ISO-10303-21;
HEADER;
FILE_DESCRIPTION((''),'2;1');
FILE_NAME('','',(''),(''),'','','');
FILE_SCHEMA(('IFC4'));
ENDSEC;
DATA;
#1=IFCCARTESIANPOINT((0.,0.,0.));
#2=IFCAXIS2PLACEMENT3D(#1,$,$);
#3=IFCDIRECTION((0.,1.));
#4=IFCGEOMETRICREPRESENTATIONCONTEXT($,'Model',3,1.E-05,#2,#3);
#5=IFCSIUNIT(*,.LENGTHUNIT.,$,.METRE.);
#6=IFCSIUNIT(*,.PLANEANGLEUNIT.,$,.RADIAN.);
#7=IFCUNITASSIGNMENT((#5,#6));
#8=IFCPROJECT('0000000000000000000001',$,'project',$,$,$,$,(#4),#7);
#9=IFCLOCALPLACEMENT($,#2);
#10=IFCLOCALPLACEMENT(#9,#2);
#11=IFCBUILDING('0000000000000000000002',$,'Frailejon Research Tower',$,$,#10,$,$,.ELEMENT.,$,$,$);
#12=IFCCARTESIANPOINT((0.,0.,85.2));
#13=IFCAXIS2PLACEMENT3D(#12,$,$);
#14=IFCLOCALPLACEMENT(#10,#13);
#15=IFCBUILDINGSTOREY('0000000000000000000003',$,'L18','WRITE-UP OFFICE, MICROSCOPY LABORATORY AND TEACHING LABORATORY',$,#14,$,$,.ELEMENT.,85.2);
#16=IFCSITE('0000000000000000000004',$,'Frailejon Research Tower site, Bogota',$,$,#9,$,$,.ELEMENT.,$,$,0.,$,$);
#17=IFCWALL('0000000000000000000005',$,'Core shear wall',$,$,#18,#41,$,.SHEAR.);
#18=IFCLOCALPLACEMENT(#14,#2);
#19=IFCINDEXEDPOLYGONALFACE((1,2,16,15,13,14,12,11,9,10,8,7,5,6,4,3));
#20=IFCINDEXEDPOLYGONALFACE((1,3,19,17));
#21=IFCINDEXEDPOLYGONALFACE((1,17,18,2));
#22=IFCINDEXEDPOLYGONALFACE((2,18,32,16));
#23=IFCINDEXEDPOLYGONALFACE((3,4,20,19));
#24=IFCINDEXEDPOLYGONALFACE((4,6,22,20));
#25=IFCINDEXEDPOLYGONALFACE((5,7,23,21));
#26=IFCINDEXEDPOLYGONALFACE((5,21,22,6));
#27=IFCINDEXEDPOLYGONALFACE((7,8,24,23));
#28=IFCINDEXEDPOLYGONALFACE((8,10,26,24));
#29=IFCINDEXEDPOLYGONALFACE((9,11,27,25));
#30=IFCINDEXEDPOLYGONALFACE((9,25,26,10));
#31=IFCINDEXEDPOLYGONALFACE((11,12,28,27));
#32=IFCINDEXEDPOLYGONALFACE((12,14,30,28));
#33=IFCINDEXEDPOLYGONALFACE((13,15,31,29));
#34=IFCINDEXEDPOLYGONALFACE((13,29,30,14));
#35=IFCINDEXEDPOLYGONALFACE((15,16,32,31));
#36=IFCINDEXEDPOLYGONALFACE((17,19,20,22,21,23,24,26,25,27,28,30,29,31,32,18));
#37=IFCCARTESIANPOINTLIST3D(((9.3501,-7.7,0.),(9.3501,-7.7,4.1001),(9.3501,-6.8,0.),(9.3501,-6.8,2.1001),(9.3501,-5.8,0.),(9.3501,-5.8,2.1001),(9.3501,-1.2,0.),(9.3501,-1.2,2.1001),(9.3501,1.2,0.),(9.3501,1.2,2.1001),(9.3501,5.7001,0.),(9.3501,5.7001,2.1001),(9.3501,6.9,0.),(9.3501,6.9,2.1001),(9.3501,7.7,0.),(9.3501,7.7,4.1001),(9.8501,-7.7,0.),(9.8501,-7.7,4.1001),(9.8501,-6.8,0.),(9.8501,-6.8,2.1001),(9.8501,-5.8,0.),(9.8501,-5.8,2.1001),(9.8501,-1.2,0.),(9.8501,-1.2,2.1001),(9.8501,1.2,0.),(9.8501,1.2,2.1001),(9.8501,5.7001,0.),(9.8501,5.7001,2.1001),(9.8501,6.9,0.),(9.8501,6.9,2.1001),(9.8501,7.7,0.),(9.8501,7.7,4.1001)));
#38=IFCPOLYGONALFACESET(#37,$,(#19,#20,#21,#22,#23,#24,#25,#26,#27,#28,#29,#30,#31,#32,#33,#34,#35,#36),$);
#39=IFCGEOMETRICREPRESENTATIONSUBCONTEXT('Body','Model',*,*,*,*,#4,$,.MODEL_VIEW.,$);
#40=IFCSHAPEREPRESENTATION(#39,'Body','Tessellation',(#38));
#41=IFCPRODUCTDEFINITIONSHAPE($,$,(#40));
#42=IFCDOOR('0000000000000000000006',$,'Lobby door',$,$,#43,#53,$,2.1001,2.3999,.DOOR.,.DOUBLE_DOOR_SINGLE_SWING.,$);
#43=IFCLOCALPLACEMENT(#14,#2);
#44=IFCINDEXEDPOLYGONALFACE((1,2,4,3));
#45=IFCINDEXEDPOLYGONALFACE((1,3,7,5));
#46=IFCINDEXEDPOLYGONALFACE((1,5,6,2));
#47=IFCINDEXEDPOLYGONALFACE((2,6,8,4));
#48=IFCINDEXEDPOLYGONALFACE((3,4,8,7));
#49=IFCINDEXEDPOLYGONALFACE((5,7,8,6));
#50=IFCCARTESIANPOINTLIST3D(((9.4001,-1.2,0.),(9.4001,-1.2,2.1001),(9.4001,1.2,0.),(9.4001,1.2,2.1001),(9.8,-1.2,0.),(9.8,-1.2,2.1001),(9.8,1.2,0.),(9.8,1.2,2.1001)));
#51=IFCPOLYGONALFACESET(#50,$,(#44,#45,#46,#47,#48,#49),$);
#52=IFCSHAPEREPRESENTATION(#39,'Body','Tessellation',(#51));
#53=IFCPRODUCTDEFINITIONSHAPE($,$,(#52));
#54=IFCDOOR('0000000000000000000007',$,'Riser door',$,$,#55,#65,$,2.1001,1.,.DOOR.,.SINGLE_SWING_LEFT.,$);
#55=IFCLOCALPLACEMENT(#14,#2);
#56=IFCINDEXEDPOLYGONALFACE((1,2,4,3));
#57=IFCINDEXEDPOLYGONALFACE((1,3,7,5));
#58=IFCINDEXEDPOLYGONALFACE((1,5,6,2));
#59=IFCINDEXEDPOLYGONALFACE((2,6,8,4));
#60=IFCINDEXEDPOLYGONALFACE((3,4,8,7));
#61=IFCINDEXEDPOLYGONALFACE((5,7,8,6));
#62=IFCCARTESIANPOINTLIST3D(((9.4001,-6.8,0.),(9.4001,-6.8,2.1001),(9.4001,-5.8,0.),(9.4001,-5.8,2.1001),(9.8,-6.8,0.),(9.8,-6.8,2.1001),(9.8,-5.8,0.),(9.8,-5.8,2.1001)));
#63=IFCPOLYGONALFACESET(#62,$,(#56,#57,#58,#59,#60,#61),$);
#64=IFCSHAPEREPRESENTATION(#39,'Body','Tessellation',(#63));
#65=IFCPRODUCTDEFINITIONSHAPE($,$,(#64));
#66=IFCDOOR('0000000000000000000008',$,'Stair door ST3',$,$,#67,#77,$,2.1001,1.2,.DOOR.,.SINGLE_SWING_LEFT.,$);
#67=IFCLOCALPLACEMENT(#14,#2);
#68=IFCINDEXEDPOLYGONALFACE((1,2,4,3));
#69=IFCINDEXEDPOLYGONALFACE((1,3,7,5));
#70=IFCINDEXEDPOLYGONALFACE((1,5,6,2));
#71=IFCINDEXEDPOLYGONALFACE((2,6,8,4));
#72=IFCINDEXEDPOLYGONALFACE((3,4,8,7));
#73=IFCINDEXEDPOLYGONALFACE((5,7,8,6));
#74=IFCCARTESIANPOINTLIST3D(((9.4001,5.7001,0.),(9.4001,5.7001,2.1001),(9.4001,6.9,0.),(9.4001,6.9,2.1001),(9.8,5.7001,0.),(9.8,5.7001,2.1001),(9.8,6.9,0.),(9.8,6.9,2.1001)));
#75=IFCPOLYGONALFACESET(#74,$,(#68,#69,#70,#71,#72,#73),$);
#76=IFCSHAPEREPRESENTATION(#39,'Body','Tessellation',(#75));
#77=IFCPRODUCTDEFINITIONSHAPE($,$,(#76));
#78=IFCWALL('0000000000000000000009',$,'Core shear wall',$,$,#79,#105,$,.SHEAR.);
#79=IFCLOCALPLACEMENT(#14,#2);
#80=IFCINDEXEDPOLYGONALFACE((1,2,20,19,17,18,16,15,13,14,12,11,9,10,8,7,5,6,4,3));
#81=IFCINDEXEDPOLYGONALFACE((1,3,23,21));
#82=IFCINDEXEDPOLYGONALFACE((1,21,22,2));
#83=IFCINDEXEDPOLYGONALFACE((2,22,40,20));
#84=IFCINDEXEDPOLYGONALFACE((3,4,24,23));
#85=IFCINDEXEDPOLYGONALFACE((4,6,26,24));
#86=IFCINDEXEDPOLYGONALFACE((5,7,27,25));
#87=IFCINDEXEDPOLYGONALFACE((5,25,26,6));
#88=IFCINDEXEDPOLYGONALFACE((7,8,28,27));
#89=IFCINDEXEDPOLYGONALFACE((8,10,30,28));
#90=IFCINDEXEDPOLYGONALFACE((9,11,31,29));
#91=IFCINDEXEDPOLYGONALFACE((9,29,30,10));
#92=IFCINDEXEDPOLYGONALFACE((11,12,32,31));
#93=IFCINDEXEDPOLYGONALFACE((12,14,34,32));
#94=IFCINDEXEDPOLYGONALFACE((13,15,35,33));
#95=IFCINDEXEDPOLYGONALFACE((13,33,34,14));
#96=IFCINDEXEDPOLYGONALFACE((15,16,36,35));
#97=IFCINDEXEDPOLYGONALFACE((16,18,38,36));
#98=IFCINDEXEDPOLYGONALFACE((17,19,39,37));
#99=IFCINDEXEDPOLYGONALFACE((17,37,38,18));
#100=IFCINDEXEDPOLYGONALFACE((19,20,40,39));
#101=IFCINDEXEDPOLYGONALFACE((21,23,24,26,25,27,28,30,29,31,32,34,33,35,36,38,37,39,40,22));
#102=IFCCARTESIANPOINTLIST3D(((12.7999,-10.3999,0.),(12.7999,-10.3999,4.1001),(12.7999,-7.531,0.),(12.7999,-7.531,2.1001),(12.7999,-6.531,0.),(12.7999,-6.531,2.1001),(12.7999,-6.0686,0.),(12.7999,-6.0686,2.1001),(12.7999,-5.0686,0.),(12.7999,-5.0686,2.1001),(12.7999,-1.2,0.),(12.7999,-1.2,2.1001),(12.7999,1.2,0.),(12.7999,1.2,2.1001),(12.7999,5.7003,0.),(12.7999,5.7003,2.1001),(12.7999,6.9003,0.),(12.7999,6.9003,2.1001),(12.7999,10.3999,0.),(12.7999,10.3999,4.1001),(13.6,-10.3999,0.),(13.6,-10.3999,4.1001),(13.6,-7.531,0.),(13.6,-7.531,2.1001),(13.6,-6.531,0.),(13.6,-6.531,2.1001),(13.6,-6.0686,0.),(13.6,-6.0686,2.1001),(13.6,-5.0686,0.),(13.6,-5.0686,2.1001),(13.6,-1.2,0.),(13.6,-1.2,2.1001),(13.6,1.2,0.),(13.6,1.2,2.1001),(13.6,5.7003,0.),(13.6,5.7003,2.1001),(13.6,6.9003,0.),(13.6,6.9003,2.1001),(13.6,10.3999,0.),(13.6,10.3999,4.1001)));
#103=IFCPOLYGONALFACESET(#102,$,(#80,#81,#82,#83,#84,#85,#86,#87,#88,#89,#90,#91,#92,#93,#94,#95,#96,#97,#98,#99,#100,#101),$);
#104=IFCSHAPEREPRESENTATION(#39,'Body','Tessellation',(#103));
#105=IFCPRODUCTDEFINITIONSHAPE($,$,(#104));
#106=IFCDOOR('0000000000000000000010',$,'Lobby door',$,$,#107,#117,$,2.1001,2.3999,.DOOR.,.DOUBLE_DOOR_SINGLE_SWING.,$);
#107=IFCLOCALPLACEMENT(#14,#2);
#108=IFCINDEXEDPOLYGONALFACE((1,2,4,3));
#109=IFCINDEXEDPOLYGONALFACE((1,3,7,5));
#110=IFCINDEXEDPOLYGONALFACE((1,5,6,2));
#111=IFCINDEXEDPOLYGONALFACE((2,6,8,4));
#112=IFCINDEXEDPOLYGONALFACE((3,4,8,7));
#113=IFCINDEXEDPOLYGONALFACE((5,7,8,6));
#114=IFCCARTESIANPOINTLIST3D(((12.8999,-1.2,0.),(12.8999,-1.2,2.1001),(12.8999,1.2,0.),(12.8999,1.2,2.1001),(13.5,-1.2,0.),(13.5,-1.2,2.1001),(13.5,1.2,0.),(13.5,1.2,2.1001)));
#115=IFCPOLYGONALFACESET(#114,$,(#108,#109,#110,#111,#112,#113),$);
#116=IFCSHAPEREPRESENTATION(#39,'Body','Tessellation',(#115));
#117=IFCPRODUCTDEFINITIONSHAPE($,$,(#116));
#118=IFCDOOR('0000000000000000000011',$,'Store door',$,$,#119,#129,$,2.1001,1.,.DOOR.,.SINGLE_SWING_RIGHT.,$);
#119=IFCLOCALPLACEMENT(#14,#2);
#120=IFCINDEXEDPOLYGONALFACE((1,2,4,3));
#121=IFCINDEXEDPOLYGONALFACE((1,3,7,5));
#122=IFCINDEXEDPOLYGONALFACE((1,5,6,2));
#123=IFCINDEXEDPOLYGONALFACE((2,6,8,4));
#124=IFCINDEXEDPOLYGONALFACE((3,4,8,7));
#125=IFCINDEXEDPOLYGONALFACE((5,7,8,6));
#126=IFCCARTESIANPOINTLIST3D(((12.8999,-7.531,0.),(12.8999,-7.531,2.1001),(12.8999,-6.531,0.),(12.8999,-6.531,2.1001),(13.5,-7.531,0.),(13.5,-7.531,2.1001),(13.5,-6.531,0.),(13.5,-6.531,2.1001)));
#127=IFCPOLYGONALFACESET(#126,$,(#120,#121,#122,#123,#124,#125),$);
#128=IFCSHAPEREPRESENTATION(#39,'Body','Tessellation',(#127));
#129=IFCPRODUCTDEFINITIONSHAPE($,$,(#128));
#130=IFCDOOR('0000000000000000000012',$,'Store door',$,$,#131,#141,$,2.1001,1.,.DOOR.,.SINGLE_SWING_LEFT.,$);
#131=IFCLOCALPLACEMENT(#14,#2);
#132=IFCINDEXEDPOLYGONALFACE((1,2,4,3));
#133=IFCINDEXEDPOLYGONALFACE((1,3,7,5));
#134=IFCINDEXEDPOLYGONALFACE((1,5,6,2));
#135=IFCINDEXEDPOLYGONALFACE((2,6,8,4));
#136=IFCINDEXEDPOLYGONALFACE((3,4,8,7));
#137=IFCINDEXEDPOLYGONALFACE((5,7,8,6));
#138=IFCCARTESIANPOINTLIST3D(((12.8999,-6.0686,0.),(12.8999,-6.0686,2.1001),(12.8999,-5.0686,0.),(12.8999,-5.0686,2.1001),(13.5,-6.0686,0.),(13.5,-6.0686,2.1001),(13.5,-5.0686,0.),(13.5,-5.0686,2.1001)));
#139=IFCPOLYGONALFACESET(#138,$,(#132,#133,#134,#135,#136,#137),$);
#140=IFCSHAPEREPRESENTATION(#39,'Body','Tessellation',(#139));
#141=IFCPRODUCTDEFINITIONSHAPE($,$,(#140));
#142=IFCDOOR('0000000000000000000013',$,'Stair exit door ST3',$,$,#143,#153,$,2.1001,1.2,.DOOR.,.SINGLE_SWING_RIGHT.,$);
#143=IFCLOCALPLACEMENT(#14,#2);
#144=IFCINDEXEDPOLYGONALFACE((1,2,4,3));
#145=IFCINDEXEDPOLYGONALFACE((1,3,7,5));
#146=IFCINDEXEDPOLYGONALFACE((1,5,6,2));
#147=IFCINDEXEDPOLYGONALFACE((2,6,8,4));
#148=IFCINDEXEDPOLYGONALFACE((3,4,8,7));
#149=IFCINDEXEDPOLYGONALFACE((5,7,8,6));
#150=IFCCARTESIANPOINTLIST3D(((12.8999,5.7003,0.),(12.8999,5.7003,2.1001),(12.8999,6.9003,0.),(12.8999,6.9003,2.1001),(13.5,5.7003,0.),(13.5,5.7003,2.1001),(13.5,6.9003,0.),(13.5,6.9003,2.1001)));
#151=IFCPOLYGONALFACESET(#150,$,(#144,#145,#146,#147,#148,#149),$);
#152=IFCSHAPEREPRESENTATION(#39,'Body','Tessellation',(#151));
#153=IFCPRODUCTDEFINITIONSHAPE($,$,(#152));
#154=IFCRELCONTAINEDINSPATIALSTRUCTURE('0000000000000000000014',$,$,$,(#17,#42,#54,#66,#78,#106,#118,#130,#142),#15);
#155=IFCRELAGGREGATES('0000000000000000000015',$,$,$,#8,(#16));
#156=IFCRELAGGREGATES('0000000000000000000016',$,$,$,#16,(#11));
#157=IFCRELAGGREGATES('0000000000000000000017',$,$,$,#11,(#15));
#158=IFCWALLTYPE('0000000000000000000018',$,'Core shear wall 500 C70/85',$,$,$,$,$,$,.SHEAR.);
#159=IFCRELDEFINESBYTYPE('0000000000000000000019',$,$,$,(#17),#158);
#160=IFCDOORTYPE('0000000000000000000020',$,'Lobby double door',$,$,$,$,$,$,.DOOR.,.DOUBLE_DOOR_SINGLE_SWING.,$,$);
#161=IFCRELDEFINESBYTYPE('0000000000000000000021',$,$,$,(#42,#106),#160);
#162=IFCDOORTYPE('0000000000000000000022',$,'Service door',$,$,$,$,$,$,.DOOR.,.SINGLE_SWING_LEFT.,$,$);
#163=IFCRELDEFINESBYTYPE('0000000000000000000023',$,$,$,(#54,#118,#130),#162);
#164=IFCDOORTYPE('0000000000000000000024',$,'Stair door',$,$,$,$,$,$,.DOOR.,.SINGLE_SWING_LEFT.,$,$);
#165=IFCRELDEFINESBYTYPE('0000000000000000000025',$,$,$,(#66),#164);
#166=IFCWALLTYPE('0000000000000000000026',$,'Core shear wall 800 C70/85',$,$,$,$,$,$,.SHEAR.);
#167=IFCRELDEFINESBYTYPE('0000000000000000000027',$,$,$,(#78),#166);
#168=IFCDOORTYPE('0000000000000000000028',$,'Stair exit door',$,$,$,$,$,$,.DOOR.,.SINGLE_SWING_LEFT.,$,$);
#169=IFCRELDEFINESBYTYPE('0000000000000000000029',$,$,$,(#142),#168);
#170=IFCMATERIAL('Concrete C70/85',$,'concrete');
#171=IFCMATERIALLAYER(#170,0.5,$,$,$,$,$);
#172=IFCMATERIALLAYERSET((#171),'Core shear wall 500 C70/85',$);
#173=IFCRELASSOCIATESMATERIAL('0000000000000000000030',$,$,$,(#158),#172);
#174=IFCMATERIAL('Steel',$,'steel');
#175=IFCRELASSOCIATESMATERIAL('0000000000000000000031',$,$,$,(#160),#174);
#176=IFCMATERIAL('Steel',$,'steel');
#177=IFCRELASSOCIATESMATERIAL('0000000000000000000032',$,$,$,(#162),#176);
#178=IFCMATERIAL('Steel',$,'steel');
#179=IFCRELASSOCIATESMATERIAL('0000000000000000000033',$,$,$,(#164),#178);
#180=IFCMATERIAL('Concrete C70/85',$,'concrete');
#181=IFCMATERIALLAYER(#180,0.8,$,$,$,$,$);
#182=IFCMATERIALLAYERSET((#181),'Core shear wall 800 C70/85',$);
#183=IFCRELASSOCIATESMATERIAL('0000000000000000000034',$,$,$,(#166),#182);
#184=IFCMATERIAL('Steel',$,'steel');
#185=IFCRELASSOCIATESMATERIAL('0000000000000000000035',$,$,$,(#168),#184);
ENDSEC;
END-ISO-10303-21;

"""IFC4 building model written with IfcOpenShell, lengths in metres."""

from ifc_helpers import new_model, si_unit, direction, frame, frame_2d, origin, place, context, subcontext, project, spatial, rectangle, extrude, material, layer, layer_set, type_object, element, fill, save


model = new_model("IFC4")

# Units and contexts
model_context = context("Model", 3, precision=1e-05, world=origin(), true_north=direction((0.0, 1.0)))
body_context = subcontext(model_context, "Body", "Model", "MODEL_VIEW")
ifc_project = project(units=[si_unit("LENGTHUNIT", "METRE"), si_unit("PLANEANGLEUNIT", "RADIAN")], contexts=[model_context])

# Site, building, storey
site_placement = place(None, origin())
site = spatial("IfcSite", under=ifc_project, at=site_placement, Name="Frailejon Research Tower site, Bogota", CompositionType="ELEMENT", RefElevation=0.0)
building_placement = place(site_placement, origin())
building = spatial("IfcBuilding", under=site, at=building_placement, Name="Frailejon Research Tower", CompositionType="ELEMENT")
storey_placement = place(building_placement, frame((0.0, 0.0, 85.2)))
storey = spatial("IfcBuildingStorey", under=building, at=storey_placement, Name="L18", Description="WRITE-UP OFFICE, MICROSCOPY LABORATORY AND TEACHING LABORATORY", CompositionType="ELEMENT", Elevation=85.2)

# Walls, openings, doors
ifc_material_1 = material(Name="Concrete C70/85", Category="concrete")
ifc_layer_1 = layer(ifc_material_1, 0.5)
ifc_layer_set_1 = layer_set([ifc_layer_1], Name="Core shear wall 500 C70/85")
wall_type_1 = type_object("IfcWallType", Name="Core shear wall 500 C70/85", PredefinedType="SHEAR", material=ifc_layer_set_1)
wall_1_placement = place(storey_placement, frame((9.6001, -7.7, 0.0), z_axis=(0.0, 0.0, 1.0), x_axis=(0.0, 1.0, 0.0)))
wall_1 = element("IfcWall", 1, at=wall_1_placement, inside=storey, type_object=wall_type_1, Name="Core shear wall", PredefinedType="SHEAR", context=body_context, shape_type="SweptSolid", body=[
    extrude(rectangle(XDim=15.3999, YDim=0.5, at=frame_2d((7.7, 0.0))), origin(), (0.0, 0.0, 1.0), 4.1001),
])
opening_1_placement = place(wall_1_placement, frame((6.5, 0.0, 0.0)))
opening_1 = element("IfcOpeningElement", 2, at=opening_1_placement, cuts=wall_1, PredefinedType="OPENING", context=body_context, shape_type="SweptSolid", body=[
    extrude(rectangle(XDim=2.3999, YDim=2.1001, at=frame_2d((1.2, 1.05))), frame((0.0, 0.26, 0.0), z_axis=(0.0, -1.0, 0.0), x_axis=(1.0, 0.0, 0.0)), (0.0, 0.0, 1.0), 0.52),
])
opening_2_placement = place(wall_1_placement, frame((13.3999, 0.0, 0.0)))
opening_2 = element("IfcOpeningElement", 3, at=opening_2_placement, cuts=wall_1, PredefinedType="OPENING", context=body_context, shape_type="SweptSolid", body=[
    extrude(rectangle(XDim=1.2, YDim=2.1001, at=frame_2d((0.6001, 1.05))), frame((0.0, 0.26, 0.0), z_axis=(0.0, -1.0, 0.0), x_axis=(1.0, 0.0, 0.0)), (0.0, 0.0, 1.0), 0.52),
])
opening_3_placement = place(wall_1_placement, frame((0.8999, 0.0, 0.0)))
opening_3 = element("IfcOpeningElement", 4, at=opening_3_placement, cuts=wall_1, PredefinedType="OPENING", context=body_context, shape_type="SweptSolid", body=[
    extrude(rectangle(XDim=1.0, YDim=2.1001, at=frame_2d((0.5, 1.05))), frame((0.0, 0.26, 0.0), z_axis=(0.0, -1.0, 0.0), x_axis=(1.0, 0.0, 0.0)), (0.0, 0.0, 1.0), 0.52),
])
ifc_material_2 = material(Name="Steel", Category="steel")
door_type_1 = type_object("IfcDoorType", Name="Lobby double door", OperationType="DOUBLE_DOOR_SINGLE_SWING", PredefinedType="DOOR", material=ifc_material_2)
door_1_placement = place(opening_1_placement, origin())
door_1 = element("IfcDoor", 5, at=door_1_placement, inside=storey, type_object=door_type_1, Name="Lobby door", OperationType="DOUBLE_DOOR_SINGLE_SWING", OverallHeight=2.1001, OverallWidth=2.3999, PredefinedType="DOOR", context=body_context, shape_type="SweptSolid", body=[
    extrude(rectangle(XDim=2.3999, YDim=2.1001, at=frame_2d((1.2, 1.05))), frame((0.0, 0.2, 0.0), z_axis=(0.0, -1.0, 0.0), x_axis=(1.0, 0.0, 0.0)), (0.0, 0.0, 1.0), 0.3999),
])
fill(opening_1, door_1)
ifc_material_3 = material(Name="Steel", Category="steel")
door_type_2 = type_object("IfcDoorType", Name="Service door", OperationType="SINGLE_SWING_LEFT", PredefinedType="DOOR", material=ifc_material_3)
door_2_placement = place(opening_3_placement, origin())
door_2 = element("IfcDoor", 6, at=door_2_placement, inside=storey, type_object=door_type_2, Name="Riser door", OperationType="SINGLE_SWING_LEFT", OverallHeight=2.1001, OverallWidth=1.0, PredefinedType="DOOR", context=body_context, shape_type="SweptSolid", body=[
    extrude(rectangle(XDim=1.0, YDim=2.1001, at=frame_2d((0.5, 1.05))), frame((0.0, 0.2, 0.0), z_axis=(0.0, -1.0, 0.0), x_axis=(1.0, 0.0, 0.0)), (0.0, 0.0, 1.0), 0.3999),
])
fill(opening_3, door_2)
ifc_material_4 = material(Name="Steel", Category="steel")
door_type_3 = type_object("IfcDoorType", Name="Stair door", OperationType="SINGLE_SWING_LEFT", PredefinedType="DOOR", material=ifc_material_4)
door_3_placement = place(opening_2_placement, origin())
door_3 = element("IfcDoor", 7, at=door_3_placement, inside=storey, type_object=door_type_3, Name="Stair door ST3", OperationType="SINGLE_SWING_LEFT", OverallHeight=2.1001, OverallWidth=1.2, PredefinedType="DOOR", context=body_context, shape_type="SweptSolid", body=[
    extrude(rectangle(XDim=1.2, YDim=2.1001, at=frame_2d((0.6001, 1.05))), frame((0.0, 0.2, 0.0), z_axis=(0.0, -1.0, 0.0), x_axis=(1.0, 0.0, 0.0)), (0.0, 0.0, 1.0), 0.3999),
])
fill(opening_2, door_3)
ifc_material_5 = material(Name="Concrete C70/85", Category="concrete")
ifc_layer_2 = layer(ifc_material_5, 0.8)
ifc_layer_set_2 = layer_set([ifc_layer_2], Name="Core shear wall 800 C70/85")
wall_type_2 = type_object("IfcWallType", Name="Core shear wall 800 C70/85", PredefinedType="SHEAR", material=ifc_layer_set_2)
wall_2_placement = place(storey_placement, frame((13.2, -10.3999, 0.0), z_axis=(0.0, 0.0, 1.0), x_axis=(0.0, 1.0, 0.0)))
wall_2 = element("IfcWall", 8, at=wall_2_placement, inside=storey, type_object=wall_type_2, Name="Core shear wall", PredefinedType="SHEAR", context=body_context, shape_type="SweptSolid", body=[
    extrude(rectangle(XDim=20.7998, YDim=0.8, at=frame_2d((10.3999, 0.0))), origin(), (0.0, 0.0, 1.0), 4.1001),
])
opening_4_placement = place(wall_2_placement, frame((9.2, 0.0, 0.0)))
opening_4 = element("IfcOpeningElement", 9, at=opening_4_placement, cuts=wall_2, PredefinedType="OPENING", context=body_context, shape_type="SweptSolid", body=[
    extrude(rectangle(XDim=2.3999, YDim=2.1001, at=frame_2d((1.2, 1.05))), frame((0.0, 0.4099, 0.0), z_axis=(0.0, -1.0, 0.0), x_axis=(1.0, 0.0, 0.0)), (0.0, 0.0, 1.0), 0.8201),
])
opening_5_placement = place(wall_2_placement, frame((16.1001, 0.0, 0.0)))
opening_5 = element("IfcOpeningElement", 10, at=opening_5_placement, cuts=wall_2, PredefinedType="OPENING", context=body_context, shape_type="SweptSolid", body=[
    extrude(rectangle(XDim=1.2, YDim=2.1001, at=frame_2d((0.6001, 1.05))), frame((0.0, 0.4099, 0.0), z_axis=(0.0, -1.0, 0.0), x_axis=(1.0, 0.0, 0.0)), (0.0, 0.0, 1.0), 0.8201),
])
opening_6_placement = place(wall_2_placement, frame((2.8689, 0.0, 0.0)))
opening_6 = element("IfcOpeningElement", 11, at=opening_6_placement, cuts=wall_2, PredefinedType="OPENING", context=body_context, shape_type="SweptSolid", body=[
    extrude(rectangle(XDim=1.0, YDim=2.1001, at=frame_2d((0.5, 1.05))), frame((0.0, 0.4099, 0.0), z_axis=(0.0, -1.0, 0.0), x_axis=(1.0, 0.0, 0.0)), (0.0, 0.0, 1.0), 0.8201),
])
opening_7_placement = place(wall_2_placement, frame((4.3313, 0.0, 0.0)))
opening_7 = element("IfcOpeningElement", 12, at=opening_7_placement, cuts=wall_2, PredefinedType="OPENING", context=body_context, shape_type="SweptSolid", body=[
    extrude(rectangle(XDim=1.0, YDim=2.1001, at=frame_2d((0.5, 1.05))), frame((0.0, 0.4099, 0.0), z_axis=(0.0, -1.0, 0.0), x_axis=(1.0, 0.0, 0.0)), (0.0, 0.0, 1.0), 0.8201),
])
door_4_placement = place(opening_4_placement, origin())
door_4 = element("IfcDoor", 13, at=door_4_placement, inside=storey, type_object=door_type_1, Name="Lobby door", OperationType="DOUBLE_DOOR_SINGLE_SWING", OverallHeight=2.1001, OverallWidth=2.3999, PredefinedType="DOOR", context=body_context, shape_type="SweptSolid", body=[
    extrude(rectangle(XDim=2.3999, YDim=2.1001, at=frame_2d((1.2, 1.05))), frame((0.0, 0.3, 0.0), z_axis=(0.0, -1.0, 0.0), x_axis=(1.0, 0.0, 0.0)), (0.0, 0.0, 1.0), 0.6001),
])
fill(opening_4, door_4)
door_5_placement = place(opening_6_placement, origin())
door_5 = element("IfcDoor", 14, at=door_5_placement, inside=storey, type_object=door_type_2, Name="Store door", OperationType="SINGLE_SWING_RIGHT", OverallHeight=2.1001, OverallWidth=1.0, PredefinedType="DOOR", context=body_context, shape_type="SweptSolid", body=[
    extrude(rectangle(XDim=1.0, YDim=2.1001, at=frame_2d((0.5, 1.05))), frame((0.0, 0.3, 0.0), z_axis=(0.0, -1.0, 0.0), x_axis=(1.0, 0.0, 0.0)), (0.0, 0.0, 1.0), 0.6001),
])
fill(opening_6, door_5)
door_6_placement = place(opening_7_placement, origin())
door_6 = element("IfcDoor", 15, at=door_6_placement, inside=storey, type_object=door_type_2, Name="Store door", OperationType="SINGLE_SWING_LEFT", OverallHeight=2.1001, OverallWidth=1.0, PredefinedType="DOOR", context=body_context, shape_type="SweptSolid", body=[
    extrude(rectangle(XDim=1.0, YDim=2.1001, at=frame_2d((0.5, 1.05))), frame((0.0, 0.3, 0.0), z_axis=(0.0, -1.0, 0.0), x_axis=(1.0, 0.0, 0.0)), (0.0, 0.0, 1.0), 0.6001),
])
fill(opening_7, door_6)
ifc_material_6 = material(Name="Steel", Category="steel")
door_type_4 = type_object("IfcDoorType", Name="Stair exit door", OperationType="SINGLE_SWING_LEFT", PredefinedType="DOOR", material=ifc_material_6)
door_7_placement = place(opening_5_placement, origin())
door_7 = element("IfcDoor", 16, at=door_7_placement, inside=storey, type_object=door_type_4, Name="Stair exit door ST3", OperationType="SINGLE_SWING_RIGHT", OverallHeight=2.1001, OverallWidth=1.2, PredefinedType="DOOR", context=body_context, shape_type="SweptSolid", body=[
    extrude(rectangle(XDim=1.2, YDim=2.1001, at=frame_2d((0.6001, 1.05))), frame((0.0, 0.3, 0.0), z_axis=(0.0, -1.0, 0.0), x_axis=(1.0, 0.0, 0.0)), (0.0, 0.0, 1.0), 0.6001),
])
fill(opening_5, door_7)

save(model, "model.ifc")
